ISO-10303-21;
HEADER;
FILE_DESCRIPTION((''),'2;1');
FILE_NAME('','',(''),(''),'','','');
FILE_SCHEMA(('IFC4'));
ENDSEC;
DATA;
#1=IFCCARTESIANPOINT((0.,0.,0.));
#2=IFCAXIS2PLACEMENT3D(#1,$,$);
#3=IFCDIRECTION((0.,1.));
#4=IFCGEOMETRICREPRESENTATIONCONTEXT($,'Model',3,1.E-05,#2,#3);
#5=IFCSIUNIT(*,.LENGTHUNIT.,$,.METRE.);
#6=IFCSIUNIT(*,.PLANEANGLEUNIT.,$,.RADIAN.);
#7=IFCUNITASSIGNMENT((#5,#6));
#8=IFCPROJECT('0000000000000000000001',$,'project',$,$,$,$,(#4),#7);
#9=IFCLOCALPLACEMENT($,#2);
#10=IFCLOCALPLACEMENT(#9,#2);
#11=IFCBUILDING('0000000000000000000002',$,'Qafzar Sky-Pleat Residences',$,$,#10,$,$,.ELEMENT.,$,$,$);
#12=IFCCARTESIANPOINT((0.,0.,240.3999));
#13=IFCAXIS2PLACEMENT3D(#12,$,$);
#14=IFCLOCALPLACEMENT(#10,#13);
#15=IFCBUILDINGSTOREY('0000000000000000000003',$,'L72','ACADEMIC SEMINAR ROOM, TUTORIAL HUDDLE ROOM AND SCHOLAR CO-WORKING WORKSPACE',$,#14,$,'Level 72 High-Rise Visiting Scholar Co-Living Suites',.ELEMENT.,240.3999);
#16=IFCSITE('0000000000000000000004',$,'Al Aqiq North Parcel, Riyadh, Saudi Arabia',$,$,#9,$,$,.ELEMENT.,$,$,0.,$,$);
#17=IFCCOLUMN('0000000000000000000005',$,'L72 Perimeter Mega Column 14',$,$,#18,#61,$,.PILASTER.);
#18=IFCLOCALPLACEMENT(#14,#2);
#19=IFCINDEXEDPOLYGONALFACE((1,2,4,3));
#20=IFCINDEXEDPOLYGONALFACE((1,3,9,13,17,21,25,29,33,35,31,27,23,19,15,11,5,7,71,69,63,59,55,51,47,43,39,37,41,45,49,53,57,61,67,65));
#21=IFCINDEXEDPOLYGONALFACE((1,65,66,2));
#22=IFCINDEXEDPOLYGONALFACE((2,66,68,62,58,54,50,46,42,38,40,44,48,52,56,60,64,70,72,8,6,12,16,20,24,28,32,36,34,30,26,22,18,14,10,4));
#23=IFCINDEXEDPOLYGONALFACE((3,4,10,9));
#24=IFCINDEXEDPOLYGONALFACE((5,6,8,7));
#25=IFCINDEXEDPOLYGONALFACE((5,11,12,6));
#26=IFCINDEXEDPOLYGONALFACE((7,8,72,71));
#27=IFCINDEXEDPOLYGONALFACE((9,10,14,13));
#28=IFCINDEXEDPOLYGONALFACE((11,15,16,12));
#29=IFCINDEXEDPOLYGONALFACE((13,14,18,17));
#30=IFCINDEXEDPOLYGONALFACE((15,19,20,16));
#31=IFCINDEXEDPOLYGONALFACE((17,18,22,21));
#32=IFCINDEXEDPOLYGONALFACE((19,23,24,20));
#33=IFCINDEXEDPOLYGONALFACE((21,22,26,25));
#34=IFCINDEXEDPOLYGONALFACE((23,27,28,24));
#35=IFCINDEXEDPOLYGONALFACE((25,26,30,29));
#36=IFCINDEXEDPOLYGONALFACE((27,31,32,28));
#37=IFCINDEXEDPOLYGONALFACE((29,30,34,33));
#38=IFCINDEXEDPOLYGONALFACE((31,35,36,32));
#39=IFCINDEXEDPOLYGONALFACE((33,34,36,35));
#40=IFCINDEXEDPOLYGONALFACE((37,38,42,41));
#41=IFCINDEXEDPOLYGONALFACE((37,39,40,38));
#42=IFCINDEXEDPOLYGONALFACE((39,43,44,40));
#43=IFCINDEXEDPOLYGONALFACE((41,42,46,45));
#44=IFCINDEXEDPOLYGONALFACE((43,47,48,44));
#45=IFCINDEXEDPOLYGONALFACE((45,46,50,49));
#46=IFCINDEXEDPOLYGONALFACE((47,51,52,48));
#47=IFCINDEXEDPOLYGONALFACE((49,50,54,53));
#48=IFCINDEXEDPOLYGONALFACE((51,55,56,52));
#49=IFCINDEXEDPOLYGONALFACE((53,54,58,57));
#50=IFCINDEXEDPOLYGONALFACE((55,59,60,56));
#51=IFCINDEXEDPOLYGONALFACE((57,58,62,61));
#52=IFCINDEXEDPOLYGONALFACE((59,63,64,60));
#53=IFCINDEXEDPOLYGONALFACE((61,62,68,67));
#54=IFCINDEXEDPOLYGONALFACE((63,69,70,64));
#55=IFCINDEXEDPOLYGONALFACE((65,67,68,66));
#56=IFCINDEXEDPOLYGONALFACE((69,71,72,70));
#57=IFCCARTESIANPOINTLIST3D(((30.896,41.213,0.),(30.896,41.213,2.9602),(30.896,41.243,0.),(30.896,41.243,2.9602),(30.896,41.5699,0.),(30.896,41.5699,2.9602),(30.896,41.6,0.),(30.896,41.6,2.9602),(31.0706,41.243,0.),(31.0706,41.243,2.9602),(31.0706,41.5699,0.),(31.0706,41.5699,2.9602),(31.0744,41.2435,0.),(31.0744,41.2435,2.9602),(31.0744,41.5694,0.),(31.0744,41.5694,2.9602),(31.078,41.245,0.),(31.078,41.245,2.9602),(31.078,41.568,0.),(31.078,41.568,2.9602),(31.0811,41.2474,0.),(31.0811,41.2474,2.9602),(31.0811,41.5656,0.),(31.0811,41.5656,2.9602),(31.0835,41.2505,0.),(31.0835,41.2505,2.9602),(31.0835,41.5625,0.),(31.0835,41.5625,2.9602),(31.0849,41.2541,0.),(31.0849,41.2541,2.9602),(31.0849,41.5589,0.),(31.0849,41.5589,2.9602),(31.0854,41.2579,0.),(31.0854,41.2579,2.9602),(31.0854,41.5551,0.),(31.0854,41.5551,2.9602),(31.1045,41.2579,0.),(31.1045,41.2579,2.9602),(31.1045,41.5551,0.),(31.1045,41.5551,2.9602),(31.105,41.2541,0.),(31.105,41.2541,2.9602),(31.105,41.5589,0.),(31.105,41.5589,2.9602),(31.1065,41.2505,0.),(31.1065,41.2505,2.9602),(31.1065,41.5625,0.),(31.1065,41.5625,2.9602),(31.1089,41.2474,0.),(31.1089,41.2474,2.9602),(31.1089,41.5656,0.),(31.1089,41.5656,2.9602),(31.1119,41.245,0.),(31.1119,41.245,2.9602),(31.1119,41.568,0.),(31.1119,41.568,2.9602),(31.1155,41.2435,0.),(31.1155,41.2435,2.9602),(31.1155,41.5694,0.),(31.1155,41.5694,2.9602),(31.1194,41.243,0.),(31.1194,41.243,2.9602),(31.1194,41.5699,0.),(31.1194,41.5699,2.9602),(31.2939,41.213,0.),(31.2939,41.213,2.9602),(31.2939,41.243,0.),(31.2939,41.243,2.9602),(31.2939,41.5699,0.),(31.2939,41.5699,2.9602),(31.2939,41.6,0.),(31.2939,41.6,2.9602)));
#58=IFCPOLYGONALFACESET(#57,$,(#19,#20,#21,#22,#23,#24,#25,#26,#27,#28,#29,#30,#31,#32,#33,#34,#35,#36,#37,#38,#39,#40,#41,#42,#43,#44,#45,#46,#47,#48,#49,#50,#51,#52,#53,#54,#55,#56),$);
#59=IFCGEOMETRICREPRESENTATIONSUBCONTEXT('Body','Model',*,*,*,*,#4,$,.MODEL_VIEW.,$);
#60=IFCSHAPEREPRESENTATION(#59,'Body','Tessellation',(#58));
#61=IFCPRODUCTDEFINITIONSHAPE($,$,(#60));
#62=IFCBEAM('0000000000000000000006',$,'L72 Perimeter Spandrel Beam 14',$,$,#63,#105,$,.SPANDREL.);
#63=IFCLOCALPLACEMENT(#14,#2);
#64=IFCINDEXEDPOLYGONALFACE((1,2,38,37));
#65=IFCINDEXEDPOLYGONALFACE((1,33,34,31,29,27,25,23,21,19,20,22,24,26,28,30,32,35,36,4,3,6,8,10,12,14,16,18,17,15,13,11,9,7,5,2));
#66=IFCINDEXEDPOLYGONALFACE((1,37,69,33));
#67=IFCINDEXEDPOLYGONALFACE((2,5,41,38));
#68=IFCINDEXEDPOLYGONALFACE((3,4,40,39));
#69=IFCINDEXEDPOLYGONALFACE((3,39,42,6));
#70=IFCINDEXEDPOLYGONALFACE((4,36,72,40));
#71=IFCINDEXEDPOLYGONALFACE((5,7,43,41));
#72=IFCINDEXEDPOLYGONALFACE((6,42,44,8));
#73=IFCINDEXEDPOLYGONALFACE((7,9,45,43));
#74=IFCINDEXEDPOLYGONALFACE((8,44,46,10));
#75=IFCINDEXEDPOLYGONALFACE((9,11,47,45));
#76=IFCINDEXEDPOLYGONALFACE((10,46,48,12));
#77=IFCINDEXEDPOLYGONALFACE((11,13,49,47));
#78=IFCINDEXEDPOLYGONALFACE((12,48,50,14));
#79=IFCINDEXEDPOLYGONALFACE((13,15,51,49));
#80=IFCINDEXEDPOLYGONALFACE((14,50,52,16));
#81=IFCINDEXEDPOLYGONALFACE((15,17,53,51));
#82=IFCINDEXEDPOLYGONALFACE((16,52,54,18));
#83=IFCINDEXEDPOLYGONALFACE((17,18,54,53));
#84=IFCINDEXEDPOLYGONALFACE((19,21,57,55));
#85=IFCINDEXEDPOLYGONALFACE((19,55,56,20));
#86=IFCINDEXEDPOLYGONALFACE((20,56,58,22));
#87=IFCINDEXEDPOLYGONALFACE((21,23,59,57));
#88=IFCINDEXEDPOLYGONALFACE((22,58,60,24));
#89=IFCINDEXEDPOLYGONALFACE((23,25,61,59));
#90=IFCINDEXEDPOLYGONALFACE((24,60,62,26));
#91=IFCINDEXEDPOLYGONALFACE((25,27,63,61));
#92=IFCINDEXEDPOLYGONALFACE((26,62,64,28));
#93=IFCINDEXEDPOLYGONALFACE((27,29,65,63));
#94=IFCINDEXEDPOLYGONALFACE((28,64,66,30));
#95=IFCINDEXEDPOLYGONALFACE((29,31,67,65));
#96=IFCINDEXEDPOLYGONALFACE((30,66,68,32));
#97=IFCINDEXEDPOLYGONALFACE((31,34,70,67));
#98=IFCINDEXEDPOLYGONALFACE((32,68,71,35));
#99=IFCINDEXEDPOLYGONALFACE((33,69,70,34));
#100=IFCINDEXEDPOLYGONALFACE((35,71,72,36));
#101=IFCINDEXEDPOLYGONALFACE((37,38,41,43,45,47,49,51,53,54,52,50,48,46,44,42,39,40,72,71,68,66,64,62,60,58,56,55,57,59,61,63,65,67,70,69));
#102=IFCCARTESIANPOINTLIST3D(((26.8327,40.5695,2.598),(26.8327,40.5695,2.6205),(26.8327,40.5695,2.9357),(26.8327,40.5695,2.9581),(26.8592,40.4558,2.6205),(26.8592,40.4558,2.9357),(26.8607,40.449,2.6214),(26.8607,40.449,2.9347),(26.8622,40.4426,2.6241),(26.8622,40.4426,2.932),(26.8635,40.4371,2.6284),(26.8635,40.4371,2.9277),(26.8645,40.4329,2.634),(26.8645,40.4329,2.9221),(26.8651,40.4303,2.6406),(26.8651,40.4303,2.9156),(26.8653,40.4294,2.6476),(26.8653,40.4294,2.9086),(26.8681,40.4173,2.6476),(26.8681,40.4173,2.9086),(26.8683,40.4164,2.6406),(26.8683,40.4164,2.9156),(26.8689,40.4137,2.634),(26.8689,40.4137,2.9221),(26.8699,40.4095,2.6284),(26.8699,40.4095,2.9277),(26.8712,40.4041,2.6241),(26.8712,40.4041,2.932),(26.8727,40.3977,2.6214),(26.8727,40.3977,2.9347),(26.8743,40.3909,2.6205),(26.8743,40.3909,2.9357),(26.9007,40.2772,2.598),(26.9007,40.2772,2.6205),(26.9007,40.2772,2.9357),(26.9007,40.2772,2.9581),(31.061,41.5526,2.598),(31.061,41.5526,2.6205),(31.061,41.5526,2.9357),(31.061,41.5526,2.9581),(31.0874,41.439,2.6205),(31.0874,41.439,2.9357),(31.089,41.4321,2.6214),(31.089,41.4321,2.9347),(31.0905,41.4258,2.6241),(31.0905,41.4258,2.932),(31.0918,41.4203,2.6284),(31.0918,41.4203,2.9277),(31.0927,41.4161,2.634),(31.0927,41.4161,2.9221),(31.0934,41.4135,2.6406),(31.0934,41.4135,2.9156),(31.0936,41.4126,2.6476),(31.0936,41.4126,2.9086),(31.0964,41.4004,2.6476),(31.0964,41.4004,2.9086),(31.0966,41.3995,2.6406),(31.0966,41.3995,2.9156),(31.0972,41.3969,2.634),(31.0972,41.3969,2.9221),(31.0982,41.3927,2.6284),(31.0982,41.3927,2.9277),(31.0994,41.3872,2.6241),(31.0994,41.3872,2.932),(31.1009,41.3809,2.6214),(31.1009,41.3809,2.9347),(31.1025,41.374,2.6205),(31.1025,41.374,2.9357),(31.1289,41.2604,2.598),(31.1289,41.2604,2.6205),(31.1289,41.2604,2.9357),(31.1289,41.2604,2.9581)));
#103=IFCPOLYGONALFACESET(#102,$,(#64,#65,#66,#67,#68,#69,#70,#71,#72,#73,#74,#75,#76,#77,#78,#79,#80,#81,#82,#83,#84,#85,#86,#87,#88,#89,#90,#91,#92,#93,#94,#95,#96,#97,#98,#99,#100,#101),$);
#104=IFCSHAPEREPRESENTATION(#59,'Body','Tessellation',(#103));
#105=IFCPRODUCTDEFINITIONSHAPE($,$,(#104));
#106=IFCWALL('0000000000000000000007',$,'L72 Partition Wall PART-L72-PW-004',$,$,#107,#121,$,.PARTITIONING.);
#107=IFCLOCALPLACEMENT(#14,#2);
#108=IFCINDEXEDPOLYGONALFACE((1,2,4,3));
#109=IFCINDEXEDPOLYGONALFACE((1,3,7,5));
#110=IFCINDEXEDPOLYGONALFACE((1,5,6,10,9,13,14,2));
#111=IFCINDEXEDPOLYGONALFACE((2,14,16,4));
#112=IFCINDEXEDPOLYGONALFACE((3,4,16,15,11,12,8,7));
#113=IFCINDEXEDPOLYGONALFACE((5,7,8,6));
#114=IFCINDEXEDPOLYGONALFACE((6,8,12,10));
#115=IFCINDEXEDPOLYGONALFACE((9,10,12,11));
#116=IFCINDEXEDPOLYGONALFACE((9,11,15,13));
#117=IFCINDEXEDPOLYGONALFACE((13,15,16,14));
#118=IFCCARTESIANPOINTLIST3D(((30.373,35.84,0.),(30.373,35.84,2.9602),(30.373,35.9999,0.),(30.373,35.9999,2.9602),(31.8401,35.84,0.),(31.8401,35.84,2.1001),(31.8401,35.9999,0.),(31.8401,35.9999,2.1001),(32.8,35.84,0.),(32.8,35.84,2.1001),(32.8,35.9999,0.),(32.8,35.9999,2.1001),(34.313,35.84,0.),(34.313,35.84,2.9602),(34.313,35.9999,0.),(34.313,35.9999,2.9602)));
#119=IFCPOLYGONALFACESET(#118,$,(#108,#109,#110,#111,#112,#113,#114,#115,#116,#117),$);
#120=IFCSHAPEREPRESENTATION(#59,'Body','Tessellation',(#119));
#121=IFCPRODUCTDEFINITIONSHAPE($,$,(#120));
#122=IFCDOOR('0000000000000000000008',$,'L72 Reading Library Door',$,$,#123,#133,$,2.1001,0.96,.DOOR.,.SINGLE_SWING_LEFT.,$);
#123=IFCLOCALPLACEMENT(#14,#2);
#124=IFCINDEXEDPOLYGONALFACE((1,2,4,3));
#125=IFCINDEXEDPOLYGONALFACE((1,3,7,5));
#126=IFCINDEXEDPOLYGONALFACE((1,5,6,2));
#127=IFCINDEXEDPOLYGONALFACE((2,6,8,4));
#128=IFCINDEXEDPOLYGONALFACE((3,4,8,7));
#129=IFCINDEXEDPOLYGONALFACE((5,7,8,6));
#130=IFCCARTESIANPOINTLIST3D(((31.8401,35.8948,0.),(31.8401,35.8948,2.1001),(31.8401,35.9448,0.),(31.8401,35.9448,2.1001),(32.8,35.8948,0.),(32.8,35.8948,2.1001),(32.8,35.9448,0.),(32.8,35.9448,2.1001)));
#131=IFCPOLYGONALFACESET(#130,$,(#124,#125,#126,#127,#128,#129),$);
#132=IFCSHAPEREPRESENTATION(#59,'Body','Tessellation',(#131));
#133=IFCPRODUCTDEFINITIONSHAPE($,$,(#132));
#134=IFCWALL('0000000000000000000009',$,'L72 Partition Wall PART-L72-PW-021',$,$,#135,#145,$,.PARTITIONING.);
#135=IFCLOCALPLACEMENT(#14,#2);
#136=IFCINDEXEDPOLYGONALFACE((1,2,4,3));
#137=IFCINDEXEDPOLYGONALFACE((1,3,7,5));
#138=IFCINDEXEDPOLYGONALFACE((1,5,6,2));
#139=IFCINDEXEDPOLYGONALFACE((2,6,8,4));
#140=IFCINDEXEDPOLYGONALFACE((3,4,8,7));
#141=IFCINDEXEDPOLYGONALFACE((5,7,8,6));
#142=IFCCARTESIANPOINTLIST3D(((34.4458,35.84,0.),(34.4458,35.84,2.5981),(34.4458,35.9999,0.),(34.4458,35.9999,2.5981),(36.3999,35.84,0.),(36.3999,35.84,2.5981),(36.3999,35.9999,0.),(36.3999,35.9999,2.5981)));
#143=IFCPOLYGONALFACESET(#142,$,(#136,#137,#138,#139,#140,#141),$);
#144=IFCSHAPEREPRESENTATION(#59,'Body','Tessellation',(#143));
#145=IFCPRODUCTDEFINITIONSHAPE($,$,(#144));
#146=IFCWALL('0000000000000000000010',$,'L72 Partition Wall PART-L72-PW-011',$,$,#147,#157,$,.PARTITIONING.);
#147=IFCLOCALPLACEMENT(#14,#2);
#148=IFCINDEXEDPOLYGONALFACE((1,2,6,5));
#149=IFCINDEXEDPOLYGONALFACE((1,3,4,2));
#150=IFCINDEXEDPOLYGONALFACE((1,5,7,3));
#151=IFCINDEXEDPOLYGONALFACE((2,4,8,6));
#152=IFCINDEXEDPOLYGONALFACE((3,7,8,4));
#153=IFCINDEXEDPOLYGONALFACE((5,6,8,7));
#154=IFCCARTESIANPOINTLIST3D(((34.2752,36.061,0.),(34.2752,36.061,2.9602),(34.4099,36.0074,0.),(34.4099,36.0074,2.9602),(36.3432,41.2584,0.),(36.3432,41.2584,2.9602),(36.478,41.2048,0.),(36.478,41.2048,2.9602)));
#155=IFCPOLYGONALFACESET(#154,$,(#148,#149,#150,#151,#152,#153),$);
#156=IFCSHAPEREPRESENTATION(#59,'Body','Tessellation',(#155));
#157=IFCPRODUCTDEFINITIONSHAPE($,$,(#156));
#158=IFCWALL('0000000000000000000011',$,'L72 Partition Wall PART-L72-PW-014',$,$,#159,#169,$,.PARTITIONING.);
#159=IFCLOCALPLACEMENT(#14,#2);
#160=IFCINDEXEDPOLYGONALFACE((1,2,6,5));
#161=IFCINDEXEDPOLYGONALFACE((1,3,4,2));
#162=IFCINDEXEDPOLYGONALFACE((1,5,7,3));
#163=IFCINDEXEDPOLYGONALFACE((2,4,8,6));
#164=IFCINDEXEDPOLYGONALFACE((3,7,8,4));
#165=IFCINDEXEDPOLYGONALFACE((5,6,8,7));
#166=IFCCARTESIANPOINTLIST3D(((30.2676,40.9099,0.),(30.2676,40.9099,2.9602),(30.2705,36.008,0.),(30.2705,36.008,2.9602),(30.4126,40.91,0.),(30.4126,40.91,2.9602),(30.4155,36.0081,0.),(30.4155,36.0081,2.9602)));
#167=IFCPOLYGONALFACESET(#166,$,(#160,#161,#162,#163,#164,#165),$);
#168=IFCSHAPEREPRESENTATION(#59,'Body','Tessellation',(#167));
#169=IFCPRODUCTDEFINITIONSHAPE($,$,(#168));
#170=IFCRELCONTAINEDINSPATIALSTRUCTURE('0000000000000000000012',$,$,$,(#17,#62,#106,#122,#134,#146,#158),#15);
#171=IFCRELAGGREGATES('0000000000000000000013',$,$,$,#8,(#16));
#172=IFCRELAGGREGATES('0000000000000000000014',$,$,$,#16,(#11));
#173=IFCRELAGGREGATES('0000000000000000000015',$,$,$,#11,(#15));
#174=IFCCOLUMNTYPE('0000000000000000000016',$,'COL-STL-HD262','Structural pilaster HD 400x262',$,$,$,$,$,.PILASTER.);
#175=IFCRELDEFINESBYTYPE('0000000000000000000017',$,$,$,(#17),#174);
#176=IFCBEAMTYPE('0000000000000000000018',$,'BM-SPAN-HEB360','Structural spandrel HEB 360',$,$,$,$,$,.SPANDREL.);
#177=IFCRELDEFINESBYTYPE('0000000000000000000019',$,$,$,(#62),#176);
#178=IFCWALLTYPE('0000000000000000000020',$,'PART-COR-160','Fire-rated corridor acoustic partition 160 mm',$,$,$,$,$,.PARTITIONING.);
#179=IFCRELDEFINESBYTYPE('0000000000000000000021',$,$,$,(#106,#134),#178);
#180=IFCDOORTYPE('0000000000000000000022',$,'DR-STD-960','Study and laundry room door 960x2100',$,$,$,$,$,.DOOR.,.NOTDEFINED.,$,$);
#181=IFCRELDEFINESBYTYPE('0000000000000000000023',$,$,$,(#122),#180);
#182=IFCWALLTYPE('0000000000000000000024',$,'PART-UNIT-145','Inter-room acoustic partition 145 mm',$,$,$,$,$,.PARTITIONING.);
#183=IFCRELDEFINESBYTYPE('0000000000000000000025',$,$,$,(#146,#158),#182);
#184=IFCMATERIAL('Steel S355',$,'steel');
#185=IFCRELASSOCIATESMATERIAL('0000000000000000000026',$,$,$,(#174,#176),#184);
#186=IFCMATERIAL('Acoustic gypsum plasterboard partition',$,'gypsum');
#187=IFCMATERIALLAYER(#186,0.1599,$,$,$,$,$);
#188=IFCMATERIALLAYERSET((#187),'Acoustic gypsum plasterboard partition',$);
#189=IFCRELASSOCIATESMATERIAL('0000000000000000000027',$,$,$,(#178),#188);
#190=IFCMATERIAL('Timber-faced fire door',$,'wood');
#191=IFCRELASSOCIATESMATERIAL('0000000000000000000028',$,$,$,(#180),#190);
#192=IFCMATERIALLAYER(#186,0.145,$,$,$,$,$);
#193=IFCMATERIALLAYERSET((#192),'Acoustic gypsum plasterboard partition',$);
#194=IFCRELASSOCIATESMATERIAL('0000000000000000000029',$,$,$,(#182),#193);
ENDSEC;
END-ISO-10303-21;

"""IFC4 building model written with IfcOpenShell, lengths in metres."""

from ifc_helpers import new_model, si_unit, direction, frame, frame_2d, origin, origin_2d, place, context, subcontext, project, spatial, rectangle, i_section, extrude, source, transform, mapped, material, layer, layer_set, material_profile, profile_set, type_object, element, fill, save


model = new_model("IFC4")

# Units and contexts
model_context = context("Model", 3, precision=1e-05, world=origin(), true_north=direction((0.0, 1.0)))
body_context = subcontext(model_context, "Body", "Model", "MODEL_VIEW")
ifc_project = project(units=[si_unit("LENGTHUNIT", "METRE"), si_unit("PLANEANGLEUNIT", "RADIAN")], contexts=[model_context])

# Site, building, storey
site_placement = place(None, origin())
site = spatial("IfcSite", under=ifc_project, at=site_placement, Name="Al Aqiq North Parcel, Riyadh, Saudi Arabia", CompositionType="ELEMENT", RefElevation=0.0)
building_placement = place(site_placement, origin())
building = spatial("IfcBuilding", under=site, at=building_placement, Name="Qafzar Sky-Pleat Residences", CompositionType="ELEMENT")
storey_placement = place(building_placement, frame((0.0, 0.0, 240.3999)))
storey = spatial("IfcBuildingStorey", under=building, at=storey_placement, Name="L72", Description="ACADEMIC SEMINAR ROOM, TUTORIAL HUDDLE ROOM AND SCHOLAR CO-WORKING WORKSPACE", LongName="Level 72 High-Rise Visiting Scholar Co-Living Suites", CompositionType="ELEMENT", Elevation=240.3999)

# Column
ifc_material_1 = material(Name="Steel S355", Category="steel")
ifc_material_profile_1 = material_profile(ifc_material_1, i_section(OverallWidth=0.3979, OverallDepth=0.387, WebThickness=0.019, FlangeThickness=0.03, FilletRadius=0.0149, at=origin_2d()), Name="HD 400x262")
ifc_profile_set_1 = profile_set([ifc_material_profile_1], Name="Steel S355")
column_type = type_object("IfcColumnType", Name="COL-STL-HD262", Description="Structural pilaster HD 400x262", PredefinedType="PILASTER", material=ifc_profile_set_1)
shared_shape_1 = source(origin(), body_context, "Body", "SweptSolid", [
    extrude(i_section(OverallWidth=0.3979, OverallDepth=0.387, WebThickness=0.019, FlangeThickness=0.03, FilletRadius=0.0149, at=origin_2d()), origin(), (0.0, 0.0, 1.0), 2.9602),
])
column_placement = place(storey_placement, frame((31.095, 41.4065, 0.0), z_axis=(0.0, 0.0, 1.0), x_axis=(1.0, 0.0, 0.0)))
element("IfcColumn", 1, at=column_placement, inside=storey, type_object=column_type, Name="L72 Perimeter Mega Column 14", PredefinedType="PILASTER", context=body_context, shape_type="MappedRepresentation", body=[
    mapped(shared_shape_1, transform((0.0, 0.0, 0.0), x_axis=(1.0, 0.0, 0.0), y_axis=(0.0, 1.0, 0.0), z_axis=(0.0, 0.0, 1.0), scale=1.0)),
])

# Beam
ifc_material_profile_2 = material_profile(ifc_material_1, i_section(OverallWidth=0.3, OverallDepth=0.3601, WebThickness=0.0125, FlangeThickness=0.0225, FilletRadius=0.0271, at=origin_2d()), Name="HEB 360")
ifc_profile_set_2 = profile_set([ifc_material_profile_2], Name="Steel S355")
beam_type = type_object("IfcBeamType", Name="BM-SPAN-HEB360", Description="Structural spandrel HEB 360", PredefinedType="SPANDREL", material=ifc_profile_set_2)
shared_shape_2 = source(origin(), body_context, "Body", "SweptSolid", [
    extrude(i_section(OverallWidth=0.3, OverallDepth=0.3601, WebThickness=0.0125, FlangeThickness=0.0225, FilletRadius=0.0271, at=origin_2d()), origin(), (0.0, 0.0, 1.0), 4.3411),
])
beam_placement = place(storey_placement, frame((31.095, 41.4065, 2.7781), z_axis=(-0.974016, -0.226478, 0.0), x_axis=(0.226478, -0.974016, 0.0)))
element("IfcBeam", 2, at=beam_placement, inside=storey, type_object=beam_type, Name="L72 Perimeter Spandrel Beam 14", PredefinedType="SPANDREL", context=body_context, shape_type="MappedRepresentation", body=[
    mapped(shared_shape_2, transform((0.0, 0.0, 0.0), x_axis=(1.0, 0.0, 0.0), y_axis=(0.0, 1.0, 0.0), z_axis=(0.0, 0.0, 1.0), scale=1.0)),
])

# Wall, opening, door
ifc_material_2 = material(Name="Acoustic gypsum plasterboard partition", Category="gypsum")
ifc_layer_1 = layer(ifc_material_2, 0.1599)
ifc_layer_set_1 = layer_set([ifc_layer_1], Name="Acoustic gypsum plasterboard partition")
wall_type_1 = type_object("IfcWallType", Name="PART-COR-160", Description="Fire-rated corridor acoustic partition 160 mm", PredefinedType="PARTITIONING", material=ifc_layer_set_1)
wall_1_placement = place(storey_placement, frame((30.373, 35.9199, 0.0), z_axis=(0.0, 0.0, 1.0), x_axis=(1.0, 0.0, 0.0)))
wall_1 = element("IfcWall", 3, at=wall_1_placement, inside=storey, type_object=wall_type_1, Name="L72 Partition Wall PART-L72-PW-004", PredefinedType="PARTITIONING", context=body_context, shape_type="SweptSolid", body=[
    extrude(rectangle(XDim=3.9399, YDim=0.1599, at=frame_2d((1.97, 0.0))), origin(), (0.0, 0.0, 1.0), 2.9602),
])
opening_1_placement = place(wall_1_placement, frame((1.467, 0.0, 0.0)))
opening_1 = element("IfcOpeningElement", 4, at=opening_1_placement, cuts=wall_1, PredefinedType="OPENING", context=body_context, shape_type="SweptSolid", body=[
    extrude(rectangle(XDim=0.96, YDim=2.1001, at=frame_2d((0.48, 1.05))), frame((0.0, 0.0898, 0.0), z_axis=(0.0, -1.0, 0.0), x_axis=(1.0, 0.0, 0.0)), (0.0, 0.0, 1.0), 0.1799),
])
ifc_material_3 = material(Name="Timber-faced fire door", Category="wood")
door_type_1 = type_object("IfcDoorType", Name="DR-STD-960", Description="Study and laundry room door 960x2100", OperationType="NOTDEFINED", PredefinedType="DOOR", material=ifc_material_3)
shared_shape_3 = source(origin(), body_context, "Body", "SweptSolid", [
    extrude(rectangle(XDim=0.96, YDim=2.1001, at=frame_2d((0.48, 1.05))), frame((0.0, 0.0249, 0.0), z_axis=(0.0, -1.0, 0.0), x_axis=(1.0, 0.0, 0.0)), (0.0, 0.0, 1.0), 0.05),
])
door_1_placement = place(opening_1_placement, origin())
door_1 = element("IfcDoor", 5, at=door_1_placement, inside=storey, type_object=door_type_1, Name="L72 Reading Library Door", OperationType="SINGLE_SWING_LEFT", OverallHeight=2.1001, OverallWidth=0.96, PredefinedType="DOOR", context=body_context, shape_type="MappedRepresentation", body=[
    mapped(shared_shape_3, transform((0.0, 0.0, 0.0), x_axis=(1.0, 0.0, 0.0), y_axis=(0.0, 1.0, 0.0), z_axis=(0.0, 0.0, 1.0), scale=1.0)),
])
fill(opening_1, door_1)

# Walls
wall_2_placement = place(storey_placement, frame((34.4458, 35.9199, 0.0), z_axis=(0.0, 0.0, 1.0), x_axis=(1.0, 0.0, 0.0)))
element("IfcWall", 6, at=wall_2_placement, inside=storey, type_object=wall_type_1, Name="L72 Partition Wall PART-L72-PW-021", PredefinedType="PARTITIONING", context=body_context, shape_type="SweptSolid", body=[
    extrude(rectangle(XDim=1.9541, YDim=0.1599, at=frame_2d((0.9771, 0.0))), origin(), (0.0, 0.0, 1.0), 2.5981),
])
ifc_layer_2 = layer(ifc_material_2, 0.145)
ifc_layer_set_2 = layer_set([ifc_layer_2], Name="Acoustic gypsum plasterboard partition")
wall_type_2 = type_object("IfcWallType", Name="PART-UNIT-145", Description="Inter-room acoustic partition 145 mm", PredefinedType="PARTITIONING", material=ifc_layer_set_2)
wall_3_placement = place(storey_placement, frame((34.3425, 36.0342, 0.0), z_axis=(0.0, 0.0, 1.0), x_axis=(0.369712, 0.929146, 0.0)))
element("IfcWall", 7, at=wall_3_placement, inside=storey, type_object=wall_type_2, Name="L72 Partition Wall PART-L72-PW-011", PredefinedType="PARTITIONING", context=body_context, shape_type="SweptSolid", body=[
    extrude(rectangle(XDim=5.5938, YDim=0.145, at=frame_2d((2.7969, 0.0))), origin(), (0.0, 0.0, 1.0), 2.9602),
])
wall_4_placement = place(storey_placement, frame((30.3401, 40.9099, 0.0), z_axis=(0.0, 0.0, 1.0), x_axis=(0.000598, -1.0, 0.0)))
element("IfcWall", 8, at=wall_4_placement, inside=storey, type_object=wall_type_2, Name="L72 Partition Wall PART-L72-PW-014", PredefinedType="PARTITIONING", context=body_context, shape_type="SweptSolid", body=[
    extrude(rectangle(XDim=4.9019, YDim=0.145, at=frame_2d((2.4509, 0.0))), origin(), (0.0, 0.0, 1.0), 2.9602),
])

save(model, "model.ifc")
